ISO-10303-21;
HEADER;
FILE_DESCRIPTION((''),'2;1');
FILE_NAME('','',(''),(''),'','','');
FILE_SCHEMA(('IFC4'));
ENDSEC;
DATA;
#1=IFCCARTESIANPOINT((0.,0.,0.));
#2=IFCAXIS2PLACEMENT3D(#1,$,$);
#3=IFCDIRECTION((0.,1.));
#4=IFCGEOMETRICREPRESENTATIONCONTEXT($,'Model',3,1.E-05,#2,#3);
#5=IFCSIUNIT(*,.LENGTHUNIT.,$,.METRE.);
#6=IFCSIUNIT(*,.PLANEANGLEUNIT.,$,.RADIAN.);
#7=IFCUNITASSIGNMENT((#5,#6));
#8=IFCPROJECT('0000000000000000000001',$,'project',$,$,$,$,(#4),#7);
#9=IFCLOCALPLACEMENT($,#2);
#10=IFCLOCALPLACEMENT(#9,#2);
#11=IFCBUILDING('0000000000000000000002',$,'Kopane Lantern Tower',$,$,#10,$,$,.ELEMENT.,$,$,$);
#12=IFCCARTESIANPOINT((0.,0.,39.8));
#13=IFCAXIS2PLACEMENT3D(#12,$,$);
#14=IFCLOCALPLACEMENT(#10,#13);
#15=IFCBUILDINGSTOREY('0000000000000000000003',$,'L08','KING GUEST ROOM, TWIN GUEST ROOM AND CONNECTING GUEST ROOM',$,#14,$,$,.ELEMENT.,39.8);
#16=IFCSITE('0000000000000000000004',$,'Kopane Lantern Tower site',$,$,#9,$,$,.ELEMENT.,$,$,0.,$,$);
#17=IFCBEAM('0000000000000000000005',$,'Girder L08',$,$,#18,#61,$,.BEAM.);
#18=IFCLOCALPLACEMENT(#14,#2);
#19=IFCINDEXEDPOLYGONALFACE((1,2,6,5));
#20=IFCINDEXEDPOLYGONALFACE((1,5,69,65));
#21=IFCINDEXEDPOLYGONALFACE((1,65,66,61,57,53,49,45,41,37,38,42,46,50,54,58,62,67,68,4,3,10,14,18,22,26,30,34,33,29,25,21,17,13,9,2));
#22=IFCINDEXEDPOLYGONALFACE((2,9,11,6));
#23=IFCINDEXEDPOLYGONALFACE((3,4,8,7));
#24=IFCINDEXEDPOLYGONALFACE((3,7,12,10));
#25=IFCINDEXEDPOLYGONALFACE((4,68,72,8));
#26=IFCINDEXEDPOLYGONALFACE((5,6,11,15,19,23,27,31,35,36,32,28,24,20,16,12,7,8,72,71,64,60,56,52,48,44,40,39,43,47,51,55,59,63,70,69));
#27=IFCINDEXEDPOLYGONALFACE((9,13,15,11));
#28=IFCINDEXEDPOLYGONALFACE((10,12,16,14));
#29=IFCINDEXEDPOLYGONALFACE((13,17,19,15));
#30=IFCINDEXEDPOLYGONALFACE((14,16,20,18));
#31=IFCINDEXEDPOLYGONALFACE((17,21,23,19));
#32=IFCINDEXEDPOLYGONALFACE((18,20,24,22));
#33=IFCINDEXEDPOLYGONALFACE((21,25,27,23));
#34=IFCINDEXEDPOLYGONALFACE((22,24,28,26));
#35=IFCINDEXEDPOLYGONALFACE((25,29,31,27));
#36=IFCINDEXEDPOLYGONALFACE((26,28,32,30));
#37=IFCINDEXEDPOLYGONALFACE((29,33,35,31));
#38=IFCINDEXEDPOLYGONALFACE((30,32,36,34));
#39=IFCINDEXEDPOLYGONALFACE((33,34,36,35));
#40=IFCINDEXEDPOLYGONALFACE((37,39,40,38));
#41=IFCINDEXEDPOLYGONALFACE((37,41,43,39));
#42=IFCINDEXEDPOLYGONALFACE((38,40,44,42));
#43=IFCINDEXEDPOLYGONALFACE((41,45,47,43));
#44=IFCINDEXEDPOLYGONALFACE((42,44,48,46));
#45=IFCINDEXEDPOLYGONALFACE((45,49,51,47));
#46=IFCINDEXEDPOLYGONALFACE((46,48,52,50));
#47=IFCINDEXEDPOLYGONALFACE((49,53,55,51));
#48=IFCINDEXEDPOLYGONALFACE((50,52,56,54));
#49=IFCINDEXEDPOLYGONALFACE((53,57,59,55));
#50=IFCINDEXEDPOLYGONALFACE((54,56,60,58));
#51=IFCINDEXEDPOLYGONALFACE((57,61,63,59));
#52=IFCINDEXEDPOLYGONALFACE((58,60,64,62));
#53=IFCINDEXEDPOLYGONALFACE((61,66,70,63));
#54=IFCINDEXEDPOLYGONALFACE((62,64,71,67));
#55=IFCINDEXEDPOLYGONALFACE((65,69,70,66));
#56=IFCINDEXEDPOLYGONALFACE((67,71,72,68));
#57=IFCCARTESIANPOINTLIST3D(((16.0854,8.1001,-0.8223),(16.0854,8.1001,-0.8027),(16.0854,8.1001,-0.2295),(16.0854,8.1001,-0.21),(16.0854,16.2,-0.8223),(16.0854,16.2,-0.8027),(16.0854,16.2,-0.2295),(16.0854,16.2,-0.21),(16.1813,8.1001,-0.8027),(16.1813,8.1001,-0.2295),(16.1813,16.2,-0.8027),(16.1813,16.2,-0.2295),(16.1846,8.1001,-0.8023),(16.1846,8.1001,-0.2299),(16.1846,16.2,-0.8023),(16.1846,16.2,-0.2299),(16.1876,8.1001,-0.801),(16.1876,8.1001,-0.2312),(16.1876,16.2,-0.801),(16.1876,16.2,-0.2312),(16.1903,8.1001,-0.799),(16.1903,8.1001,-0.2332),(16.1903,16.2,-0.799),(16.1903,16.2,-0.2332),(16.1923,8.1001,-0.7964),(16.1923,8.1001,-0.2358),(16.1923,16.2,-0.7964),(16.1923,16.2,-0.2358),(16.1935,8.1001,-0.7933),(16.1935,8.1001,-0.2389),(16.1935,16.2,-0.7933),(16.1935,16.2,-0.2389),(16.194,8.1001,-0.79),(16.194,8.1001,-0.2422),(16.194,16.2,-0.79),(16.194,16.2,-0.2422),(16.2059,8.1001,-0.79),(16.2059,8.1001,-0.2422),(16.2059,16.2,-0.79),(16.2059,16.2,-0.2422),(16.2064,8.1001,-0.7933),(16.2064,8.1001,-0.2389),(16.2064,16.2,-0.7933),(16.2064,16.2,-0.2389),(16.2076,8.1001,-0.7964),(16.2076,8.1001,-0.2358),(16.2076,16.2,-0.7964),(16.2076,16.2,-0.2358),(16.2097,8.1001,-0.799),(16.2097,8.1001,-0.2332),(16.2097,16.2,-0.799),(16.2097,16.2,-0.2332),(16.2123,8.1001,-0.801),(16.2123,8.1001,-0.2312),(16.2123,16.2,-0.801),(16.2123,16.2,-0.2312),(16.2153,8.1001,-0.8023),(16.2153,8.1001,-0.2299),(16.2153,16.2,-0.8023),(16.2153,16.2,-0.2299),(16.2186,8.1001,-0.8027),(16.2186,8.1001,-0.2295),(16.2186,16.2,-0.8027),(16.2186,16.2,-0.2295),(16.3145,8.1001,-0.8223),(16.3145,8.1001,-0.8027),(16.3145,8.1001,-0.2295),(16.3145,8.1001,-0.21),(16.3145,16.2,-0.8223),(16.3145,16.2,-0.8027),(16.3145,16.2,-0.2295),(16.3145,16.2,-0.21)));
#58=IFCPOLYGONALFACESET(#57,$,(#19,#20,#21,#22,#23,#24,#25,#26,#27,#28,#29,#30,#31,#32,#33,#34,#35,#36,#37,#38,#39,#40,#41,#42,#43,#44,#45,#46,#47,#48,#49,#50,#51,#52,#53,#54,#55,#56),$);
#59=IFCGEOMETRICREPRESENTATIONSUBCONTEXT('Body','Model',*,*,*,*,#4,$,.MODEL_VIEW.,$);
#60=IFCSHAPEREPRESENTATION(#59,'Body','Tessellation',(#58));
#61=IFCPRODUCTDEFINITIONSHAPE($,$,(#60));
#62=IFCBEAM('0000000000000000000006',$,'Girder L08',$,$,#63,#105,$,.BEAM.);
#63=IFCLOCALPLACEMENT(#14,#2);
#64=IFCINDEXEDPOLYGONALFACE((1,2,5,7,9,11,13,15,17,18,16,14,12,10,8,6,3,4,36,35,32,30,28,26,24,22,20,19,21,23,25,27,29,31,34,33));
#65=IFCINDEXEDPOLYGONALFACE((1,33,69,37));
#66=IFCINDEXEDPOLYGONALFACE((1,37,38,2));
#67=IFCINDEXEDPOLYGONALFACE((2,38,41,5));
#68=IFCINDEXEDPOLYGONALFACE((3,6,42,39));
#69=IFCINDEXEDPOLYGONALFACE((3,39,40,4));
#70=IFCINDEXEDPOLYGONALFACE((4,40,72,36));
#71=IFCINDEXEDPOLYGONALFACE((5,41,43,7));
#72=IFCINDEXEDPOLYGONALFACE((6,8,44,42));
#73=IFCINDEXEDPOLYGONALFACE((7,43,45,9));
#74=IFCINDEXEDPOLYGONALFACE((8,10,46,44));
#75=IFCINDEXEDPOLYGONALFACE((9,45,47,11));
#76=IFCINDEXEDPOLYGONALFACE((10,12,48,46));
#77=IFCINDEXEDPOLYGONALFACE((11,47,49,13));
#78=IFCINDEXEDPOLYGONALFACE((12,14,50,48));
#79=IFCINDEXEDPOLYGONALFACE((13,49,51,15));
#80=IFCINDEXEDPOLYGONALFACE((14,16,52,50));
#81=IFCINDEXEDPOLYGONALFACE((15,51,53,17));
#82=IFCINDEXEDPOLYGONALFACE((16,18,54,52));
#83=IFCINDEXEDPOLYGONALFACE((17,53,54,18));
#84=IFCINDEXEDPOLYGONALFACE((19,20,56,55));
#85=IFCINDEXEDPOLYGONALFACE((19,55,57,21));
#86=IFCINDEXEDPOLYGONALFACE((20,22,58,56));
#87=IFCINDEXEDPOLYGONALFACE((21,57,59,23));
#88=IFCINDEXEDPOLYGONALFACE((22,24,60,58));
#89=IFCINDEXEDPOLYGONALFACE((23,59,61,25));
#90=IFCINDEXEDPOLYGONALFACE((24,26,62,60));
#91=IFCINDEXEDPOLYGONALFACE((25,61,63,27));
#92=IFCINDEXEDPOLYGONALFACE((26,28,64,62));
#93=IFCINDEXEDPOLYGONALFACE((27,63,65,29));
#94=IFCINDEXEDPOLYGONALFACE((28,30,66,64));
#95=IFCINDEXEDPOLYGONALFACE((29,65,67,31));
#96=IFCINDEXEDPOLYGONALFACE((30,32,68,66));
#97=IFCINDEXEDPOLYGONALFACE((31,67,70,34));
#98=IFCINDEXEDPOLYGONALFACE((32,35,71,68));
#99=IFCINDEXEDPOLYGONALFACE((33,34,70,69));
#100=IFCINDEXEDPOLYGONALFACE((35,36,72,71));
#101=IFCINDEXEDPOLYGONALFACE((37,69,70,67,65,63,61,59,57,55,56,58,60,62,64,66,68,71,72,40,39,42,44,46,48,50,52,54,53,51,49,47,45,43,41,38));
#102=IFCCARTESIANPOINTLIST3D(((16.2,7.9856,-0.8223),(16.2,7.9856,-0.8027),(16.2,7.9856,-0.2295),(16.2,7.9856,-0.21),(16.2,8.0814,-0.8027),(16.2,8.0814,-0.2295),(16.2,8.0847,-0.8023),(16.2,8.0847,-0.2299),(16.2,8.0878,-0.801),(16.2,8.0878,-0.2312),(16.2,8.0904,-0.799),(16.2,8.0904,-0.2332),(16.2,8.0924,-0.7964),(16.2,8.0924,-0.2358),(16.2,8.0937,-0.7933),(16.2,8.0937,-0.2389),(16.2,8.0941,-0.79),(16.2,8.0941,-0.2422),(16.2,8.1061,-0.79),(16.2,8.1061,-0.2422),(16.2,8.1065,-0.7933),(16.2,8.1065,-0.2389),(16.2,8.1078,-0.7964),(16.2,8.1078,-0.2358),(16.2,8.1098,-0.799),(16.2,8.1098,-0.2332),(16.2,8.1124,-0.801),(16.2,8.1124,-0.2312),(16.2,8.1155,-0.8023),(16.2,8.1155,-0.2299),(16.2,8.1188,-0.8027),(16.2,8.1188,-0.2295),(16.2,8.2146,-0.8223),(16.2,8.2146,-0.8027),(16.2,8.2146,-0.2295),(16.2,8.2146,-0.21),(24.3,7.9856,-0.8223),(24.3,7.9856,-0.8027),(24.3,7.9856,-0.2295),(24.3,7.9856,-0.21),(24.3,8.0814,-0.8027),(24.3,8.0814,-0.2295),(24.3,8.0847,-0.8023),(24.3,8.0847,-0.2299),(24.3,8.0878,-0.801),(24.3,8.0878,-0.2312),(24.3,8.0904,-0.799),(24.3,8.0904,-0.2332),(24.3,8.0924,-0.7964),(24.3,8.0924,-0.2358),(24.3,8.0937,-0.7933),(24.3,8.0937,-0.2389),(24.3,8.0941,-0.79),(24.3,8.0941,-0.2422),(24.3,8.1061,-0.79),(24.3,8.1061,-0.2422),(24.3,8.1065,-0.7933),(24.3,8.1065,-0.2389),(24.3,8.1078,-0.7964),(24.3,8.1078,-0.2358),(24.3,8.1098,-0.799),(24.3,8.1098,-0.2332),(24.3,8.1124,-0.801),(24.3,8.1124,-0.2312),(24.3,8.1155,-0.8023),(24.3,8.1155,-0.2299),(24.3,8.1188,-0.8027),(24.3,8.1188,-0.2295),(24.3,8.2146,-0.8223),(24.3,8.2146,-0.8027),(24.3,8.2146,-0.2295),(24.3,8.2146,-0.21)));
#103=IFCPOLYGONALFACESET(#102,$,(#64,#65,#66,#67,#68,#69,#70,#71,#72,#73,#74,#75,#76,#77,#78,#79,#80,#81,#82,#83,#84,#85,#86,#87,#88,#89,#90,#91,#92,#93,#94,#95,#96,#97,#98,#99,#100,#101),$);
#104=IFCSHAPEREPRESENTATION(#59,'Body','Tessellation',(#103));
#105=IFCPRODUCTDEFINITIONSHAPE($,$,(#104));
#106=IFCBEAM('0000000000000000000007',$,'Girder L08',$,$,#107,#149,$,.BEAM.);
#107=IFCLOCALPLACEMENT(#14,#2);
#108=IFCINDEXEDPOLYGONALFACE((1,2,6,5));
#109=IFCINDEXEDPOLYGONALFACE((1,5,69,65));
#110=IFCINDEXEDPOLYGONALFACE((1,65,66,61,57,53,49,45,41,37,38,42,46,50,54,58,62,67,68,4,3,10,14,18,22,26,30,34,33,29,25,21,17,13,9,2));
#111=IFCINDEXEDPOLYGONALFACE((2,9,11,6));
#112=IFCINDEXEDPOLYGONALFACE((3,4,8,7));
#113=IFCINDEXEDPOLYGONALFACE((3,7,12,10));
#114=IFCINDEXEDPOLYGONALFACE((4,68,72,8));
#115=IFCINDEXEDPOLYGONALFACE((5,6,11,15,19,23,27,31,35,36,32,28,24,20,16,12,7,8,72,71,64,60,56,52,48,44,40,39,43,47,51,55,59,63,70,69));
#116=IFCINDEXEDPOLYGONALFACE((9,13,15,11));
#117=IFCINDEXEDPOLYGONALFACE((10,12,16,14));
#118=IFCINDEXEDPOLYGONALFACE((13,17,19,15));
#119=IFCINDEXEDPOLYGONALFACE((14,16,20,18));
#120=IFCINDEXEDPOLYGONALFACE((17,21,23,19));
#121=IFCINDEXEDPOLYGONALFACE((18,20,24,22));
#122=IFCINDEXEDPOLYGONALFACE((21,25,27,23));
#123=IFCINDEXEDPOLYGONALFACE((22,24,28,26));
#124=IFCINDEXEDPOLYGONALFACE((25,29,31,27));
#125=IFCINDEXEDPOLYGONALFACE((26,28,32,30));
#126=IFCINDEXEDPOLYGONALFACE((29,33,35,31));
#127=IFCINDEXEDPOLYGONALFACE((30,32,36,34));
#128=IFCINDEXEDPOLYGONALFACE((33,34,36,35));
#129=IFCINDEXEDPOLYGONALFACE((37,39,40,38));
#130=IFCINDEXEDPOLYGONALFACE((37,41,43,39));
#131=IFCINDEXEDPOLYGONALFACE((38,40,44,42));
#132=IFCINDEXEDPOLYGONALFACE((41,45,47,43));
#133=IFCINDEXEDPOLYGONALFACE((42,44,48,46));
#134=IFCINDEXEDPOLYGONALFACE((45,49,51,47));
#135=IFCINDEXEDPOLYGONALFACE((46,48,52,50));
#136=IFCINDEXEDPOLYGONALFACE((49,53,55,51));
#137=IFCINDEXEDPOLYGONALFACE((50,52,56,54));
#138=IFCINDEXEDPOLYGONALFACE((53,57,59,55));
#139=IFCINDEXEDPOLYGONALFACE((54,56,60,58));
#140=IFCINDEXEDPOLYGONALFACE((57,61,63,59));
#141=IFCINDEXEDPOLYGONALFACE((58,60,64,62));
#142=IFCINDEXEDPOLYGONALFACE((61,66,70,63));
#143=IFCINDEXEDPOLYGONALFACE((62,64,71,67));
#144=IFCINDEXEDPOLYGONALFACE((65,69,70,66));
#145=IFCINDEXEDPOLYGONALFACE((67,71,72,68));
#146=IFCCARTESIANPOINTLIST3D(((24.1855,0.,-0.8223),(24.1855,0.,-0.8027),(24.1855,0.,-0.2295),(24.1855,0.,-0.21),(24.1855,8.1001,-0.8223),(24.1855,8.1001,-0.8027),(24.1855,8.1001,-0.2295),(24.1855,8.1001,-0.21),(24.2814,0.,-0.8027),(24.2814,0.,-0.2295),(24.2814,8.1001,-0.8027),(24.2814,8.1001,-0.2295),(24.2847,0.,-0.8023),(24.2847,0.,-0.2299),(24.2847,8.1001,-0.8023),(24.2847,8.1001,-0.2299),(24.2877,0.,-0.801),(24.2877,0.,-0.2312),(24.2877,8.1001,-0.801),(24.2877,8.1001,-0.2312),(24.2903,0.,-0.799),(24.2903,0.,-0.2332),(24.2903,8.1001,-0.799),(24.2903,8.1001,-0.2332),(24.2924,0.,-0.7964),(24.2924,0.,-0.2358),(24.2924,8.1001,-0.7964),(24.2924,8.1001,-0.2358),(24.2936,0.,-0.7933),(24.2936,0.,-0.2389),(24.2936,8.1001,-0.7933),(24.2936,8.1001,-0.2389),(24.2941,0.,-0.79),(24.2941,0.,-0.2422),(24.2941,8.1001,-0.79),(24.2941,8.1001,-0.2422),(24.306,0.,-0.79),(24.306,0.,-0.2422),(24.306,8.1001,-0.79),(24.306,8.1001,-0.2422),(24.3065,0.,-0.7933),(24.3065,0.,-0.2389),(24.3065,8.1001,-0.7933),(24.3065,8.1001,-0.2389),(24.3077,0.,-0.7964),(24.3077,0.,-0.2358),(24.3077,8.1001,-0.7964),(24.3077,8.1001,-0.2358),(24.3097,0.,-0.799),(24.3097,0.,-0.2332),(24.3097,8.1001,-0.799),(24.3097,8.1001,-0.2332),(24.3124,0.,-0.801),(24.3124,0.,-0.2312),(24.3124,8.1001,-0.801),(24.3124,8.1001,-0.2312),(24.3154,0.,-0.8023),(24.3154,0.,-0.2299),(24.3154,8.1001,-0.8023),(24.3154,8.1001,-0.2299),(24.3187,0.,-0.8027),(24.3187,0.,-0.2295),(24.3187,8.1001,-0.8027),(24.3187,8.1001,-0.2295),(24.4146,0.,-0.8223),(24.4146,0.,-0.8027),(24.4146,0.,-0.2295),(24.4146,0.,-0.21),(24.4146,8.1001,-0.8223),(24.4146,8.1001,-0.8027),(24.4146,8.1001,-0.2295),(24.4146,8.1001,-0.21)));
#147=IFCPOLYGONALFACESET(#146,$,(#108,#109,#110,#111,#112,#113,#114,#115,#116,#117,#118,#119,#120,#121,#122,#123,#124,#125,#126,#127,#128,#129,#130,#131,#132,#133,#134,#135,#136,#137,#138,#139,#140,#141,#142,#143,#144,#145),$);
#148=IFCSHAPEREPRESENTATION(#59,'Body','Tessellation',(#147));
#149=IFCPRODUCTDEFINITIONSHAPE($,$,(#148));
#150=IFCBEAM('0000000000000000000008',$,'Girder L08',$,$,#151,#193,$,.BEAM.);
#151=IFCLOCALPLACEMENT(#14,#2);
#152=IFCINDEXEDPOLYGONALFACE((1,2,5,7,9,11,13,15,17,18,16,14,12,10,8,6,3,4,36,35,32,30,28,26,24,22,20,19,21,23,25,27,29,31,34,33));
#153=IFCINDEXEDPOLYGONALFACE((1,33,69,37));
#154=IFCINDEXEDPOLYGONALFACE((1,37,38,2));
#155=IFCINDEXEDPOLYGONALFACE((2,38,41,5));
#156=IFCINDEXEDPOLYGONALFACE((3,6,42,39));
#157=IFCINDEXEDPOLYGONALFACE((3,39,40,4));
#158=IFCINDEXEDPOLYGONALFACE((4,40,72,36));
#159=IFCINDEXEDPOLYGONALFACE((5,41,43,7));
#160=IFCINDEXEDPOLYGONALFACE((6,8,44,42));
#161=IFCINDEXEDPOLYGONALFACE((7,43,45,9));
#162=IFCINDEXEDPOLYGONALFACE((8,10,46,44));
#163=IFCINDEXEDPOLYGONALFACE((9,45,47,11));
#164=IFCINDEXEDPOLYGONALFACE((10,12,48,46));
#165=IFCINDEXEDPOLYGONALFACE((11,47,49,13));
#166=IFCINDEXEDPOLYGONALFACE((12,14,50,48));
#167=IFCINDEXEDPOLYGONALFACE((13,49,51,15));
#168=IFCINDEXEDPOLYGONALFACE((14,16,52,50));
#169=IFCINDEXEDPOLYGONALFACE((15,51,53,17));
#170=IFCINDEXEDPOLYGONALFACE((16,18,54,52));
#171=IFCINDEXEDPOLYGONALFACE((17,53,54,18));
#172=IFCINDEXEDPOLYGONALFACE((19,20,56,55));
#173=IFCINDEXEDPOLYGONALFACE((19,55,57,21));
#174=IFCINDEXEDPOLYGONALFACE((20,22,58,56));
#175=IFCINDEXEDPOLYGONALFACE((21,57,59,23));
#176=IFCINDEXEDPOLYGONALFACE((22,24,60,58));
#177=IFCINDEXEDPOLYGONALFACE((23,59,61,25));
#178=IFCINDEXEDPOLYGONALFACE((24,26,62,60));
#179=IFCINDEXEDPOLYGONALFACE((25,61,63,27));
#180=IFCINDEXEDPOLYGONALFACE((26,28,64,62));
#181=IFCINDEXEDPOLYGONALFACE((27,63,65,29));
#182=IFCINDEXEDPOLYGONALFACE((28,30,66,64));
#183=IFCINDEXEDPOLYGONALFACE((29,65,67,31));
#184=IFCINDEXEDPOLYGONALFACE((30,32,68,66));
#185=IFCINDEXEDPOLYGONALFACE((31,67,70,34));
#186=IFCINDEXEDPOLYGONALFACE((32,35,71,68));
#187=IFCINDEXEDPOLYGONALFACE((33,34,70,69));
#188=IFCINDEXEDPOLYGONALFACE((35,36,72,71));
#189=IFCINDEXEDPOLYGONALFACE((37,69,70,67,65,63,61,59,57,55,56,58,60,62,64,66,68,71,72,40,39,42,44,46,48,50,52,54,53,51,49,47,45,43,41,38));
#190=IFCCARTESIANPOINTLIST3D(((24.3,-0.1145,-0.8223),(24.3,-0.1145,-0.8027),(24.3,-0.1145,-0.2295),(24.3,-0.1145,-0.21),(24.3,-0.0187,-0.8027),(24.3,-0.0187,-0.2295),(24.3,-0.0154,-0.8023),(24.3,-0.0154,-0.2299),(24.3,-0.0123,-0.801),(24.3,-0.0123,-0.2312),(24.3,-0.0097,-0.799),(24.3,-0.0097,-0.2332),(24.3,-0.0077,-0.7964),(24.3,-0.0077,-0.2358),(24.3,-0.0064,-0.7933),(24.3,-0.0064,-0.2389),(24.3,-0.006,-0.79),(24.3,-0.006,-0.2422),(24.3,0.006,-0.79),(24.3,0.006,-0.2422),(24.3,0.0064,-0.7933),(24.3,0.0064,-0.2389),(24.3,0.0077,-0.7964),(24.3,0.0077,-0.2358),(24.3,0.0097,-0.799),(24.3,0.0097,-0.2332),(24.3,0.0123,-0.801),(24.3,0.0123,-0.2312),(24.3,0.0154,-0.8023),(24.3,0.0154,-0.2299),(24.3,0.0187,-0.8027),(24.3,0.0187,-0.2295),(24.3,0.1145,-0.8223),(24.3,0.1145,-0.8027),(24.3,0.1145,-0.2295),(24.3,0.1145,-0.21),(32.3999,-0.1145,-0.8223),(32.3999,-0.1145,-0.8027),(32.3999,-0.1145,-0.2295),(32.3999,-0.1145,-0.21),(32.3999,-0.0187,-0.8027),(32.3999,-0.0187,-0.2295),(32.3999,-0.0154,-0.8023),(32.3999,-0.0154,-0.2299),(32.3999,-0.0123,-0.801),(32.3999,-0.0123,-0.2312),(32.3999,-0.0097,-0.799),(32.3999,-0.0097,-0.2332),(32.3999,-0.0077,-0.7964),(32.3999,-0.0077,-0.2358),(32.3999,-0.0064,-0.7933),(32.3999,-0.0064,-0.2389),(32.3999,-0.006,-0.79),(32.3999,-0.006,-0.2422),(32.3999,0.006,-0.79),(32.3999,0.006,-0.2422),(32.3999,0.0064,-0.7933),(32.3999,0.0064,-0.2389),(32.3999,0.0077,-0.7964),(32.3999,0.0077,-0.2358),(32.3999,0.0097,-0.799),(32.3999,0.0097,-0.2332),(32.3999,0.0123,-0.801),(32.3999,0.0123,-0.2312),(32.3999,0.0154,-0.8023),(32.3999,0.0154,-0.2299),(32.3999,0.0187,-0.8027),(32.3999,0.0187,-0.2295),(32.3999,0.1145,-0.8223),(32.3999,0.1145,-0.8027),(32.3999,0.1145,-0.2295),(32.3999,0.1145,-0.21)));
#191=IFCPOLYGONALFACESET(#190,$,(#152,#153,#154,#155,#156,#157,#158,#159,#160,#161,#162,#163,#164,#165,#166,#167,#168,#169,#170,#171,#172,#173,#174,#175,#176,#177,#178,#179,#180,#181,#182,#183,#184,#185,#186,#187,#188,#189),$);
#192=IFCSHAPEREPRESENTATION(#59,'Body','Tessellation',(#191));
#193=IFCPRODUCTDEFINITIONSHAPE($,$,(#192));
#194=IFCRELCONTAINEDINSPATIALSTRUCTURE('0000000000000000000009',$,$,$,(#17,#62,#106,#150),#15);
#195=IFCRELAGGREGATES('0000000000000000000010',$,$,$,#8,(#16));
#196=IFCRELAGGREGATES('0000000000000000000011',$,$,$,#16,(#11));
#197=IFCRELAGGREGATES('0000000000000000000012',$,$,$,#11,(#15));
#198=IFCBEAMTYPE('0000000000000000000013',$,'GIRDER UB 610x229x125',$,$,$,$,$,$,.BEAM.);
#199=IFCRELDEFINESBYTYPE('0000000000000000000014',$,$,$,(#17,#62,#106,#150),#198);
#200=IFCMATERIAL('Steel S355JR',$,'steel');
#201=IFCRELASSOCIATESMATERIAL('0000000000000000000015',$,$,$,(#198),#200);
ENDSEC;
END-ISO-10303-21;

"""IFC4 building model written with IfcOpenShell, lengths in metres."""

from ifc_helpers import new_model, si_unit, direction, frame, origin, origin_2d, place, context, subcontext, project, spatial, i_section, extrude, material, material_profile, profile_set, type_object, element, save


model = new_model("IFC4")

# Units and contexts
model_context = context("Model", 3, precision=1e-05, world=origin(), true_north=direction((0.0, 1.0)))
body_context = subcontext(model_context, "Body", "Model", "MODEL_VIEW")
ifc_project = project(units=[si_unit("LENGTHUNIT", "METRE"), si_unit("PLANEANGLEUNIT", "RADIAN")], contexts=[model_context])

# Site, building, storey
site_placement = place(None, origin())
site = spatial("IfcSite", under=ifc_project, at=site_placement, Name="Kopane Lantern Tower site", CompositionType="ELEMENT", RefElevation=0.0)
building_placement = place(site_placement, origin())
building = spatial("IfcBuilding", under=site, at=building_placement, Name="Kopane Lantern Tower", CompositionType="ELEMENT")
storey_placement = place(building_placement, frame((0.0, 0.0, 39.8)))
storey = spatial("IfcBuildingStorey", under=building, at=storey_placement, Name="L08", Description="KING GUEST ROOM, TWIN GUEST ROOM AND CONNECTING GUEST ROOM", CompositionType="ELEMENT", Elevation=39.8)

# Beams
ifc_material_1 = material(Name="Steel S355JR", Category="steel")
ifc_material_profile_1 = material_profile(ifc_material_1, i_section(OverallWidth=0.229, OverallDepth=0.6123, WebThickness=0.012, FlangeThickness=0.0195, FilletRadius=0.0127, at=origin_2d()), Name="UB 610x229x125")
ifc_profile_set_1 = profile_set([ifc_material_profile_1], Name="Steel S355JR")
beam_type = type_object("IfcBeamType", Name="GIRDER UB 610x229x125", PredefinedType="BEAM", material=ifc_profile_set_1)
beam_placement = place(storey_placement, frame((16.2, 8.1001, -0.5161), z_axis=(0.0, 1.0, 0.0), x_axis=(-1.0, 0.0, 0.0)))
element("IfcBeam", 1, at=beam_placement, inside=storey, type_object=beam_type, Name="Girder L08", PredefinedType="BEAM", context=body_context, shape_type="SweptSolid", body=[
    extrude(i_section(OverallWidth=0.229, OverallDepth=0.6123, WebThickness=0.012, FlangeThickness=0.0195, FilletRadius=0.0127, at=origin_2d()), origin(), (0.0, 0.0, 1.0), 8.0999),
])
for number, where, z_axis, x_axis, name in (
    (2, (16.2, 8.1001, -0.5161), (1.0, 0.0, 0.0), (0.0, 1.0, 0.0), "Girder L08"),
    (3, (24.3, 0.0, -0.5161), (0.0, 1.0, 0.0), (-1.0, 0.0, 0.0), "Girder L08"),
):
    element("IfcBeam", number, at=place(storey_placement, frame(where, z_axis=z_axis, x_axis=x_axis)), inside=storey, type_object=beam_type, Name=name, PredefinedType="BEAM", context=body_context, shape_type="SweptSolid", body=[
        extrude(i_section(OverallWidth=0.229, OverallDepth=0.6123, WebThickness=0.012, FlangeThickness=0.0195, FilletRadius=0.0127, at=origin_2d()), origin(), (0.0, 0.0, 1.0), 8.1001),
    ])
for number, where, z_axis, x_axis, name in (
    (4, (24.3, 0.0, -0.5161), (1.0, 0.0, 0.0), (0.0, 1.0, 0.0), "Girder L08"),
):
    element("IfcBeam", number, at=place(storey_placement, frame(where, z_axis=z_axis, x_axis=x_axis)), inside=storey, type_object=beam_type, Name=name, PredefinedType="BEAM", context=body_context, shape_type="SweptSolid", body=[
        extrude(i_section(OverallWidth=0.229, OverallDepth=0.6123, WebThickness=0.012, FlangeThickness=0.0195, FilletRadius=0.0127, at=origin_2d()), origin(), (0.0, 0.0, 1.0), 8.0999),
    ])

save(model, "model.ifc")
